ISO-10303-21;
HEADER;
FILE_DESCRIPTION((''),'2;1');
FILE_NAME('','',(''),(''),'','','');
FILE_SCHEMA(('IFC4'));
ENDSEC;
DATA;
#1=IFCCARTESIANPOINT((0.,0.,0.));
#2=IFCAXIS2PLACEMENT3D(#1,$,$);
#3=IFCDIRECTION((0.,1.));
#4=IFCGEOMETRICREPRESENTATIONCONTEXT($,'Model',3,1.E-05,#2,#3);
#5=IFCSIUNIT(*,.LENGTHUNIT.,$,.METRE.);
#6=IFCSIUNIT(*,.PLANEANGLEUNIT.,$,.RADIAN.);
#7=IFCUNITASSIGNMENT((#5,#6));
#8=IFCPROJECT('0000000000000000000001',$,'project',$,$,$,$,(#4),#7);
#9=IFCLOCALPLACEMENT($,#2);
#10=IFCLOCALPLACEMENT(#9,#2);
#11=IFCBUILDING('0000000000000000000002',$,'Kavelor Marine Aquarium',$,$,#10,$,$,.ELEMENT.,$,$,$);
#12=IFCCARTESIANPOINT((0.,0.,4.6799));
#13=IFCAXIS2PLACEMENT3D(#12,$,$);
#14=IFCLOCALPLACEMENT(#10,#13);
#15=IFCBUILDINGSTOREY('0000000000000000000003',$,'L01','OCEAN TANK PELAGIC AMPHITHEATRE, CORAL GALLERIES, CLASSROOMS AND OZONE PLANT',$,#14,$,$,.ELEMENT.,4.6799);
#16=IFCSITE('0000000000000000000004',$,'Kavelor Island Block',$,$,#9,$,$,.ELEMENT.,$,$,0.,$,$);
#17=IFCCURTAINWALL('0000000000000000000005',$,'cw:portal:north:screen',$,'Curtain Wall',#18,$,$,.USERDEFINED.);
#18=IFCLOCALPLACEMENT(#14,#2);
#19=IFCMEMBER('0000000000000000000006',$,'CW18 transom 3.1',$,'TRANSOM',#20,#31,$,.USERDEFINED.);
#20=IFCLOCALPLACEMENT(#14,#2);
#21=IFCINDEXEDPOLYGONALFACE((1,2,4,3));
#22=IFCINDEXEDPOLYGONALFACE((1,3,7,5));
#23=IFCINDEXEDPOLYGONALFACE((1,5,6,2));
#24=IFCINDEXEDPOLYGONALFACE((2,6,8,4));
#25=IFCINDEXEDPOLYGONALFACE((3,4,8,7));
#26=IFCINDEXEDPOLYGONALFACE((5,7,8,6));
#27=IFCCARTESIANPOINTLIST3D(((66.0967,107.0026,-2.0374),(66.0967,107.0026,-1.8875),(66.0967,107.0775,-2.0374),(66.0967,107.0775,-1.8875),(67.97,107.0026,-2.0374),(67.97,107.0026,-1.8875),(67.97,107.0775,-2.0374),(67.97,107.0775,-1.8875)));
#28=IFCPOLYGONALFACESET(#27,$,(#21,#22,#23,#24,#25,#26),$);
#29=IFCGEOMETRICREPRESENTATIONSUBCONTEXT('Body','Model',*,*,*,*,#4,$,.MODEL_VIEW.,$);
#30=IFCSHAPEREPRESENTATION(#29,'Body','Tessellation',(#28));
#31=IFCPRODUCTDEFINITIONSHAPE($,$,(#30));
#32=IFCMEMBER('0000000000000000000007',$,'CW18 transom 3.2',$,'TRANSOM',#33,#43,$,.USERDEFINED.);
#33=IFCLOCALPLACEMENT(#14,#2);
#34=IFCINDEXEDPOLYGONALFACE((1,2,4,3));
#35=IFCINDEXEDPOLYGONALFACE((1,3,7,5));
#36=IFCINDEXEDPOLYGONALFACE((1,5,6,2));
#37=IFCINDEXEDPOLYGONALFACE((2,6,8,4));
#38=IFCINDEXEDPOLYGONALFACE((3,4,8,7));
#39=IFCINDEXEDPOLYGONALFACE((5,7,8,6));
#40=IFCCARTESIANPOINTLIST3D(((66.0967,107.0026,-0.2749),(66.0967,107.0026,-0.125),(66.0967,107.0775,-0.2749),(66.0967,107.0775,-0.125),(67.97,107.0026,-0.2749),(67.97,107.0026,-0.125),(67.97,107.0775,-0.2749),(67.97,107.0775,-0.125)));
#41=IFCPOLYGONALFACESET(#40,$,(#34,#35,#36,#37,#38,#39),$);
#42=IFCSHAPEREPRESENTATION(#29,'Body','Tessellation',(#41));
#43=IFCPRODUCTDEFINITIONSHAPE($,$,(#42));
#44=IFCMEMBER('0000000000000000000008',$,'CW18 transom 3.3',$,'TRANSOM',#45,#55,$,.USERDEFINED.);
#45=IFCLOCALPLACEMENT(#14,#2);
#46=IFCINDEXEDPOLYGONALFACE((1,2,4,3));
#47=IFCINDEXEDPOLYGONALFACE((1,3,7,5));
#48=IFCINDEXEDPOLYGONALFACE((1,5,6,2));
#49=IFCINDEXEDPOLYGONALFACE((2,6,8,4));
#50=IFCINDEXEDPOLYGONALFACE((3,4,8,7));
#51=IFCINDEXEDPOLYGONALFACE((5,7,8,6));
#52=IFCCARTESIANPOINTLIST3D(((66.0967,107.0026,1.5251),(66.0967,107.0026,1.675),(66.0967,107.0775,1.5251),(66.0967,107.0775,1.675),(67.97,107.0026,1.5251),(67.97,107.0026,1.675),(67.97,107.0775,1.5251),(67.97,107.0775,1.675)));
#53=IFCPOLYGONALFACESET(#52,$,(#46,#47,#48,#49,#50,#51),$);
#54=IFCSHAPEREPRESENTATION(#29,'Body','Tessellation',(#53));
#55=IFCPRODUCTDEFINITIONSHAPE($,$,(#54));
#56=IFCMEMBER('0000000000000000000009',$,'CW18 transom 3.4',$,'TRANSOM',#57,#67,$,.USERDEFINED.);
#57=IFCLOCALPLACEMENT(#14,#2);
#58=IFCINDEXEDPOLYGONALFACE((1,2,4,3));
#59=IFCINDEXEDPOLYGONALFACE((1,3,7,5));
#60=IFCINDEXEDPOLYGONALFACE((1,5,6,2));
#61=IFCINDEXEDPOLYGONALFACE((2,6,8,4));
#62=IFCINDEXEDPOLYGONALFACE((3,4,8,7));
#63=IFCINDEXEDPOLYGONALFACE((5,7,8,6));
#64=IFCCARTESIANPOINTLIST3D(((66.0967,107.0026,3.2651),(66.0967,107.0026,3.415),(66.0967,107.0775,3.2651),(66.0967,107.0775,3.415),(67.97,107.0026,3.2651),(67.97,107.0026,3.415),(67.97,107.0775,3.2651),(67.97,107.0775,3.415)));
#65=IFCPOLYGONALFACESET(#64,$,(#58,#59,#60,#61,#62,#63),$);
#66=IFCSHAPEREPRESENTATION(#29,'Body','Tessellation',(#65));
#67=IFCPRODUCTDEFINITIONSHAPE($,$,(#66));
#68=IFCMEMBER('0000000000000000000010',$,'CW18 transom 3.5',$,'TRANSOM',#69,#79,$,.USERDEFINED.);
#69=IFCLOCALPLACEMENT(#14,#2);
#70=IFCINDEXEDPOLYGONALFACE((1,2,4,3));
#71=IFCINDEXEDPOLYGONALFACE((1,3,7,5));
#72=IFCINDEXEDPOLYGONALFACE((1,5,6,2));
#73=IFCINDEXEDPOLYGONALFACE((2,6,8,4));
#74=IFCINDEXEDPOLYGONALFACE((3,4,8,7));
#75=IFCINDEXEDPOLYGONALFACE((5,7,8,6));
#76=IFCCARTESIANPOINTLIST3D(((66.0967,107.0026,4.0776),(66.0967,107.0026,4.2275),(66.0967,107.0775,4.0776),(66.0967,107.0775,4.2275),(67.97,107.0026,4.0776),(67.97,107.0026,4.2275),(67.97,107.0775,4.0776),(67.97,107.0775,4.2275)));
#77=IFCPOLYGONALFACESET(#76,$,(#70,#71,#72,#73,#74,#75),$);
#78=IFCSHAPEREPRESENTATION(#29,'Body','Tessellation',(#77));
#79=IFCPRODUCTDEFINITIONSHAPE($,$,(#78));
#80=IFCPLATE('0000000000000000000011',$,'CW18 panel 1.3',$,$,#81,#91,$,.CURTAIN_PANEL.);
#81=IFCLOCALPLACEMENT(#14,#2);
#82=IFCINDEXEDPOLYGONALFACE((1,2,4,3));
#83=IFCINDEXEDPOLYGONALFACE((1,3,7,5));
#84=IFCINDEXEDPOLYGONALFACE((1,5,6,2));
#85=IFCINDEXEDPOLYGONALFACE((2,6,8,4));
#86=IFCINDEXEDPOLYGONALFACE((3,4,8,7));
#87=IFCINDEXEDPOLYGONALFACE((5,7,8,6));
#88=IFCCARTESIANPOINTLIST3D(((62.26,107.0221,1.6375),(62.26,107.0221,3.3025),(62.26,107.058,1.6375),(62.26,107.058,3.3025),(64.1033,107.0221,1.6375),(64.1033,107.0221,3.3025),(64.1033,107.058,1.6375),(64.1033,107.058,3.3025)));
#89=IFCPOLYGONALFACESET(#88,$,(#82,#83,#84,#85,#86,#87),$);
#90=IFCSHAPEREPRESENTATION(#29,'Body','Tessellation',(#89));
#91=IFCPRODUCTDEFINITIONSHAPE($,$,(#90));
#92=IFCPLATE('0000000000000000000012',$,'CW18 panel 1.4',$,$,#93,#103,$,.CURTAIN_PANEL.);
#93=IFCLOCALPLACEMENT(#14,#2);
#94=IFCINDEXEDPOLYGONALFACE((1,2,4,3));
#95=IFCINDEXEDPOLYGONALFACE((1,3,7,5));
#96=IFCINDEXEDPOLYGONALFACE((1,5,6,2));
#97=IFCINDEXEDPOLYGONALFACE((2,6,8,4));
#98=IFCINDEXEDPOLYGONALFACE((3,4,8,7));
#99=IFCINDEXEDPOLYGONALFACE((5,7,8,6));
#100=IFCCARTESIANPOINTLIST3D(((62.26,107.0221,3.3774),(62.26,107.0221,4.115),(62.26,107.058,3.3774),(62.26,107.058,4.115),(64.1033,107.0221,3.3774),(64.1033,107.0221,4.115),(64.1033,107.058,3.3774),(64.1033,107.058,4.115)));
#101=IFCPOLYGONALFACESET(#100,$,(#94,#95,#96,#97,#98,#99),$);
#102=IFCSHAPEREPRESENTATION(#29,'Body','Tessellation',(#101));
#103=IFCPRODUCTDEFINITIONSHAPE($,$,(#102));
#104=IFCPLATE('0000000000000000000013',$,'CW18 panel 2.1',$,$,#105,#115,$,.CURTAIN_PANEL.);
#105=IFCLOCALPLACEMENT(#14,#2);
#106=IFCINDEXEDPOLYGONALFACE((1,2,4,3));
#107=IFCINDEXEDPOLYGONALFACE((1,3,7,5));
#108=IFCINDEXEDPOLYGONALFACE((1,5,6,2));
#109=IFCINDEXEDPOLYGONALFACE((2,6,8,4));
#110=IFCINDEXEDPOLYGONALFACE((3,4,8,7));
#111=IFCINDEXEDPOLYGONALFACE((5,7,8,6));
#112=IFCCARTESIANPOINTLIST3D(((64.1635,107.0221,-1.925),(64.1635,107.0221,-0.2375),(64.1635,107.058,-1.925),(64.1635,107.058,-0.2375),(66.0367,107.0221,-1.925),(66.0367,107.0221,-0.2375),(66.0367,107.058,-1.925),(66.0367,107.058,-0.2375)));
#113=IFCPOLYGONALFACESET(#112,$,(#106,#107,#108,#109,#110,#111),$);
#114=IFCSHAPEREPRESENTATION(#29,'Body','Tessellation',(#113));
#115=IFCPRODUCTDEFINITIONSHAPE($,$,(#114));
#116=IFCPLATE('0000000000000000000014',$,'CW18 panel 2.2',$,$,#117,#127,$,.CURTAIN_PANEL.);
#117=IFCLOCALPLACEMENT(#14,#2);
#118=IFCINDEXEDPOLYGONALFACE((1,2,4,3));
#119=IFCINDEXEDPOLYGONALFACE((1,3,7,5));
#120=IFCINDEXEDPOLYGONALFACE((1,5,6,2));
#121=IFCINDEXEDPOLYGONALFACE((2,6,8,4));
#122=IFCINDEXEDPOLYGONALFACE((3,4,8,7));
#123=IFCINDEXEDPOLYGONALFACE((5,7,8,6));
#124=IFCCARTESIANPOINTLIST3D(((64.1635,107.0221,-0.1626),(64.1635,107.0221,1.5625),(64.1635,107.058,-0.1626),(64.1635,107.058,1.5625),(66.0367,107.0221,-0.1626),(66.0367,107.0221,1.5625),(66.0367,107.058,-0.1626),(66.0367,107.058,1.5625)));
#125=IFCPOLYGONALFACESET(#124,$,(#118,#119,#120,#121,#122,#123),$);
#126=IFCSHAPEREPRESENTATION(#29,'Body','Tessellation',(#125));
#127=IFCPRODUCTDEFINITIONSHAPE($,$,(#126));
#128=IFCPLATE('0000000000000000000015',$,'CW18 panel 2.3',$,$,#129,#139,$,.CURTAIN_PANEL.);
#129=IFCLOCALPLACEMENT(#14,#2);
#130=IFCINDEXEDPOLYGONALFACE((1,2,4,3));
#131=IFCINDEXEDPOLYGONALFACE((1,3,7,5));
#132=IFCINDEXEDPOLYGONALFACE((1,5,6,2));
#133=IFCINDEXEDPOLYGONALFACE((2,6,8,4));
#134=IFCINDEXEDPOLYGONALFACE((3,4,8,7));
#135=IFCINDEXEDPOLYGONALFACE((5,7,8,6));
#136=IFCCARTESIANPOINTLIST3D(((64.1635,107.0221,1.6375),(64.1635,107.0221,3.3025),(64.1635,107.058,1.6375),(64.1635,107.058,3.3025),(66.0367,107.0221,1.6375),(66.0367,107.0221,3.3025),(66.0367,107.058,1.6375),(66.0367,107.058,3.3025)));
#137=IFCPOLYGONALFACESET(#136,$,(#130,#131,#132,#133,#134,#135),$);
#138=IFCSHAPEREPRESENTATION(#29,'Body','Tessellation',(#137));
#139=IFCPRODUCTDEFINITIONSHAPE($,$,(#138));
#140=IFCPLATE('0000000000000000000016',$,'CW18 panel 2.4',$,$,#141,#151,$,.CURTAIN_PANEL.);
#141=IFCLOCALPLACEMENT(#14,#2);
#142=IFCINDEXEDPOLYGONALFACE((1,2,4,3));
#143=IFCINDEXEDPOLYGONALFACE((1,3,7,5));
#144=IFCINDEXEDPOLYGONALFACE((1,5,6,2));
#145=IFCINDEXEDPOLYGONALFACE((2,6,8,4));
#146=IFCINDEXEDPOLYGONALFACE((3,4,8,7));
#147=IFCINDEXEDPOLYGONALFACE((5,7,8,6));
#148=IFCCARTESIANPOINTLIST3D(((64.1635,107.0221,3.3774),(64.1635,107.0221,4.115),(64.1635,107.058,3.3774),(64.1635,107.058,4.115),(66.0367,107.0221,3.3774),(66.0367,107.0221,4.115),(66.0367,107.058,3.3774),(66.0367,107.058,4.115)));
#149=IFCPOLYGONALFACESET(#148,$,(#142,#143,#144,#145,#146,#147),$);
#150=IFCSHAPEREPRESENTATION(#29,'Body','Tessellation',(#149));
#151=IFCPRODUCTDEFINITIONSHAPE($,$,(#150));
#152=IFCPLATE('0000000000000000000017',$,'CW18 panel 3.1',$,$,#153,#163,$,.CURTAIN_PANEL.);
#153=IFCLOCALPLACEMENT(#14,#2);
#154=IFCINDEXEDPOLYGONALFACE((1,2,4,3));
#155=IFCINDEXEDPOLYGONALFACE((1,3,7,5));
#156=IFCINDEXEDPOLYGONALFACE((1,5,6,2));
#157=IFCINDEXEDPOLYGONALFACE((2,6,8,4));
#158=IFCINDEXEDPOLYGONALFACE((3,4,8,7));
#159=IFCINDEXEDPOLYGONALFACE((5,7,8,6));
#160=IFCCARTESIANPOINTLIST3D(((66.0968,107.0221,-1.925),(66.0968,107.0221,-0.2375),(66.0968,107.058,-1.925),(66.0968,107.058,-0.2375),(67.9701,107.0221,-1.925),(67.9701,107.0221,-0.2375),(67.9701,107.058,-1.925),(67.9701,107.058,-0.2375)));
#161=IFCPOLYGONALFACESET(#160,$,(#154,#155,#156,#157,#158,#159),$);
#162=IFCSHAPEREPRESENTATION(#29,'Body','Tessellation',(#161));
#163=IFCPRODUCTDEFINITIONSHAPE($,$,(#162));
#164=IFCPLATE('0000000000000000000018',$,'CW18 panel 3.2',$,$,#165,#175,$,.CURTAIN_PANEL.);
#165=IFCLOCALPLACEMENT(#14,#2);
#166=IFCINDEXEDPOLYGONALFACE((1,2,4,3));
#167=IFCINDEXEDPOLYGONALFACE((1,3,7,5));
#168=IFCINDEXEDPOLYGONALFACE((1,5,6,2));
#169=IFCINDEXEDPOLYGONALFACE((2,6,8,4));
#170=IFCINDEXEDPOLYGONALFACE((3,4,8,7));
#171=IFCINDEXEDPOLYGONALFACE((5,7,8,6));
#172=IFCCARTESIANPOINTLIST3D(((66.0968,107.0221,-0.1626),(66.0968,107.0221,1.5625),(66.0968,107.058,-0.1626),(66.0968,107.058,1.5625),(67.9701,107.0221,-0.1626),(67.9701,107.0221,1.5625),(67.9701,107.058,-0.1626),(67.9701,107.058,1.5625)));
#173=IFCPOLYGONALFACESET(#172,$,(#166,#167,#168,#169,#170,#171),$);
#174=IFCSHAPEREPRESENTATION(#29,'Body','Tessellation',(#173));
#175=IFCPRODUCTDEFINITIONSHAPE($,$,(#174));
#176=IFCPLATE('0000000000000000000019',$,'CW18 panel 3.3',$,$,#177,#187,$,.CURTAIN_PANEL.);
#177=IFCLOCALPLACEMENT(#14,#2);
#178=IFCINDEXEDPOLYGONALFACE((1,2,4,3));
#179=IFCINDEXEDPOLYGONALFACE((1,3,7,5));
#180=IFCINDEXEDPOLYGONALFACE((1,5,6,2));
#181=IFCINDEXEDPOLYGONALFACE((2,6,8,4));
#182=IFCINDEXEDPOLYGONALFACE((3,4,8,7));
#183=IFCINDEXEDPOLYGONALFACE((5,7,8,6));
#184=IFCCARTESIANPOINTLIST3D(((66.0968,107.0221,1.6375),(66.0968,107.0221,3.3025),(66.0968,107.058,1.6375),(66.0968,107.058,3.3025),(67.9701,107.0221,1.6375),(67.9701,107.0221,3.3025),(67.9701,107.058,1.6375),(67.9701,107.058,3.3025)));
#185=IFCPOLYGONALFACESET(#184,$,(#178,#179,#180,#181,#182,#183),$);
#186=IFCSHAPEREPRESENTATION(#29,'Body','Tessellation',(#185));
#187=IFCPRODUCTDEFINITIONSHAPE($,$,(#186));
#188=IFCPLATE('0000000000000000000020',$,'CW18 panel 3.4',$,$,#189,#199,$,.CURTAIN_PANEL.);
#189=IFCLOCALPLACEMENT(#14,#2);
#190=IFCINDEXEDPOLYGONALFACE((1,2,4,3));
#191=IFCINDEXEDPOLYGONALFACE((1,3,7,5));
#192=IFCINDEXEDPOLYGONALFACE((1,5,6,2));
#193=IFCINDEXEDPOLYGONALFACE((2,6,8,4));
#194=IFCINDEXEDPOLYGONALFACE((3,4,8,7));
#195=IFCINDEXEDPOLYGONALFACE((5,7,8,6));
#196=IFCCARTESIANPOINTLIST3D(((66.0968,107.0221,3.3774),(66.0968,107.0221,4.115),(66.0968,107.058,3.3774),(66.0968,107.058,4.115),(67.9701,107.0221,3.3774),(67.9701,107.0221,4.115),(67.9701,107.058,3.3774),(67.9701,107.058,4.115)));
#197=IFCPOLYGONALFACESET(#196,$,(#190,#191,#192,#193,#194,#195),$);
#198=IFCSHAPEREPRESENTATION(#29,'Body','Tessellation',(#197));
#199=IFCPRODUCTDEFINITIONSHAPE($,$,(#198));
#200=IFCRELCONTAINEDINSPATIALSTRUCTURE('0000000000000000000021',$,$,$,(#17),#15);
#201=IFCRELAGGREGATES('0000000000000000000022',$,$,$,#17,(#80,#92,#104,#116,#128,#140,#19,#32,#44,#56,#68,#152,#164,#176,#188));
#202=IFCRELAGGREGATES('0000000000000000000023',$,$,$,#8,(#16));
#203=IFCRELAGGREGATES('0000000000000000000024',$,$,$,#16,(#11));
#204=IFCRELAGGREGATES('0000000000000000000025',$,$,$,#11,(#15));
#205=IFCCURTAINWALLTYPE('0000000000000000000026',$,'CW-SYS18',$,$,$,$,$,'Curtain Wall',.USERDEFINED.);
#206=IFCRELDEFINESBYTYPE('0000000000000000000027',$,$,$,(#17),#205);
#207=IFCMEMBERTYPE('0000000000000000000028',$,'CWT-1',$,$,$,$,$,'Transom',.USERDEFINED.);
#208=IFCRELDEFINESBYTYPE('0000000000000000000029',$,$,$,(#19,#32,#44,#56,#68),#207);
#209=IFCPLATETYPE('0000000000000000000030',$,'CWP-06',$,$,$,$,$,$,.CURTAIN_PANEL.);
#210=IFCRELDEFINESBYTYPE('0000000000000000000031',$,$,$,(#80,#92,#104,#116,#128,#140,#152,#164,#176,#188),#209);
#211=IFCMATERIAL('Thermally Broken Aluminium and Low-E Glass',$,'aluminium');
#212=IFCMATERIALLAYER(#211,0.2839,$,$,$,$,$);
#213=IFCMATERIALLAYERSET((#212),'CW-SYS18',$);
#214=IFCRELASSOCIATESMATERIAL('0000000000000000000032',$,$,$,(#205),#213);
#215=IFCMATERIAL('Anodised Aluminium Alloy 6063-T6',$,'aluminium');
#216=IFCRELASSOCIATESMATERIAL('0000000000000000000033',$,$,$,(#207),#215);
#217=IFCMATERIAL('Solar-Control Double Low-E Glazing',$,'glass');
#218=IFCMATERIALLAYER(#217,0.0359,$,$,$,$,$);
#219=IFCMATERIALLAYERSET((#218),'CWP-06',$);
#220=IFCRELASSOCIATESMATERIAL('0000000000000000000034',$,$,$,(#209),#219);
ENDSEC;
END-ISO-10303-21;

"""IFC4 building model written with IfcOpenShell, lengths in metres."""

from ifc_helpers import new_model, si_unit, direction, frame, origin, origin_2d, place, context, subcontext, project, spatial, rectangle, extrude, material, layer, layer_set, material_profile, profile_set, type_object, element, aggregate, save


model = new_model("IFC4")

# Units and contexts
model_context = context("Model", 3, precision=1e-05, world=origin(), true_north=direction((0.0, 1.0)))
body_context = subcontext(model_context, "Body", "Model", "MODEL_VIEW")
ifc_project = project(units=[si_unit("LENGTHUNIT", "METRE"), si_unit("PLANEANGLEUNIT", "RADIAN")], contexts=[model_context])

# Site, building, storey
site_placement = place(None, origin())
site = spatial("IfcSite", under=ifc_project, at=site_placement, Name="Kavelor Island Block", CompositionType="ELEMENT", RefElevation=0.0)
building_placement = place(site_placement, origin())
building = spatial("IfcBuilding", under=site, at=building_placement, Name="Kavelor Marine Aquarium", CompositionType="ELEMENT")
storey_placement = place(building_placement, frame((0.0, 0.0, 4.6799)))
storey = spatial("IfcBuildingStorey", under=building, at=storey_placement, Name="L01", Description="OCEAN TANK PELAGIC AMPHITHEATRE, CORAL GALLERIES, CLASSROOMS AND OZONE PLANT", CompositionType="ELEMENT", Elevation=4.6799)

# Curtain wall, members, plates
ifc_material_1 = material(Name="Thermally Broken Aluminium and Low-E Glass", Category="aluminium")
ifc_layer_1 = layer(ifc_material_1, 0.2839)
ifc_layer_set_1 = layer_set([ifc_layer_1], Name="CW-SYS18")
curtain_wall_type = type_object("IfcCurtainWallType", Name="CW-SYS18", ElementType="Curtain Wall", PredefinedType="USERDEFINED", material=ifc_layer_set_1)
curtain_wall_placement = place(storey_placement, origin())
curtain_wall = element("IfcCurtainWall", 1, at=curtain_wall_placement, inside=storey, type_object=curtain_wall_type, Name="cw:portal:north:screen", ObjectType="Curtain Wall", PredefinedType="USERDEFINED")
ifc_material_2 = material(Name="Anodised Aluminium Alloy 6063-T6", Category="aluminium")
ifc_material_profile_1 = material_profile(ifc_material_2, rectangle(XDim=0.075, YDim=0.1499, at=origin_2d()), Name="CW-TRN 75x150")
ifc_profile_set_1 = profile_set([ifc_material_profile_1], Name="Anodised Aluminium Alloy 6063-T6")
member_type_1 = type_object("IfcMemberType", Name="CWT-1", ElementType="Transom", PredefinedType="USERDEFINED", material=ifc_profile_set_1)
member_1_placement = place(storey_placement, frame((66.0967, 107.04, -1.9624), z_axis=(1.0, 0.0, 0.0), x_axis=(0.0, 1.0, 0.0)))
member_1 = element("IfcMember", 2, at=member_1_placement, type_object=member_type_1, Name="CW18 transom 3.1", ObjectType="TRANSOM", PredefinedType="USERDEFINED", context=body_context, shape_type="SweptSolid", body=[
    extrude(rectangle(XDim=0.075, YDim=0.1499, at=origin_2d()), origin(), (0.0, 0.0, 1.0), 1.8733),
])
member_2_placement = place(storey_placement, frame((66.0967, 107.04, -0.2), z_axis=(1.0, 0.0, 0.0), x_axis=(0.0, 1.0, 0.0)))
member_2 = element("IfcMember", 3, at=member_2_placement, type_object=member_type_1, Name="CW18 transom 3.2", ObjectType="TRANSOM", PredefinedType="USERDEFINED", context=body_context, shape_type="SweptSolid", body=[
    extrude(rectangle(XDim=0.075, YDim=0.1499, at=origin_2d()), origin(), (0.0, 0.0, 1.0), 1.8733),
])
member_3_placement = place(storey_placement, frame((66.0967, 107.04, 1.6001), z_axis=(1.0, 0.0, 0.0), x_axis=(0.0, 1.0, 0.0)))
member_3 = element("IfcMember", 4, at=member_3_placement, type_object=member_type_1, Name="CW18 transom 3.3", ObjectType="TRANSOM", PredefinedType="USERDEFINED", context=body_context, shape_type="SweptSolid", body=[
    extrude(rectangle(XDim=0.075, YDim=0.1499, at=origin_2d()), origin(), (0.0, 0.0, 1.0), 1.8733),
])
member_4_placement = place(storey_placement, frame((66.0967, 107.04, 3.3401), z_axis=(1.0, 0.0, 0.0), x_axis=(0.0, 1.0, 0.0)))
member_4 = element("IfcMember", 5, at=member_4_placement, type_object=member_type_1, Name="CW18 transom 3.4", ObjectType="TRANSOM", PredefinedType="USERDEFINED", context=body_context, shape_type="SweptSolid", body=[
    extrude(rectangle(XDim=0.075, YDim=0.1499, at=origin_2d()), origin(), (0.0, 0.0, 1.0), 1.8733),
])
member_5_placement = place(storey_placement, frame((66.0967, 107.04, 4.1526), z_axis=(1.0, 0.0, 0.0), x_axis=(0.0, 1.0, 0.0)))
member_5 = element("IfcMember", 6, at=member_5_placement, type_object=member_type_1, Name="CW18 transom 3.5", ObjectType="TRANSOM", PredefinedType="USERDEFINED", context=body_context, shape_type="SweptSolid", body=[
    extrude(rectangle(XDim=0.075, YDim=0.1499, at=origin_2d()), origin(), (0.0, 0.0, 1.0), 1.8733),
])
ifc_material_3 = material(Name="Solar-Control Double Low-E Glazing", Category="glass")
ifc_layer_2 = layer(ifc_material_3, 0.0359)
ifc_layer_set_2 = layer_set([ifc_layer_2], Name="CWP-06")
plate_type = type_object("IfcPlateType", Name="CWP-06", PredefinedType="CURTAIN_PANEL", material=ifc_layer_set_2)
plate_1_placement = place(storey_placement, frame((63.1816, 107.04, 1.6375), z_axis=(0.0, 0.0, 1.0), x_axis=(1.0, 0.0, 0.0)))
plate_1 = element("IfcPlate", 7, at=plate_1_placement, type_object=plate_type, Name="CW18 panel 1.3", PredefinedType="CURTAIN_PANEL", context=body_context, shape_type="SweptSolid", body=[
    extrude(rectangle(XDim=1.8433, YDim=0.0359, at=origin_2d()), origin(), (0.0, 0.0, 1.0), 1.665),
])
plate_2_placement = place(storey_placement, frame((63.1816, 107.04, 3.3774), z_axis=(0.0, 0.0, 1.0), x_axis=(1.0, 0.0, 0.0)))
plate_2 = element("IfcPlate", 8, at=plate_2_placement, type_object=plate_type, Name="CW18 panel 1.4", PredefinedType="CURTAIN_PANEL", context=body_context, shape_type="SweptSolid", body=[
    extrude(rectangle(XDim=1.8433, YDim=0.0359, at=origin_2d()), origin(), (0.0, 0.0, 1.0), 0.7375),
])
plate_3_placement = place(storey_placement, frame((65.1001, 107.04, -1.925), z_axis=(0.0, 0.0, 1.0), x_axis=(1.0, 0.0, 0.0)))
plate_3 = element("IfcPlate", 9, at=plate_3_placement, type_object=plate_type, Name="CW18 panel 2.1", PredefinedType="CURTAIN_PANEL", context=body_context, shape_type="SweptSolid", body=[
    extrude(rectangle(XDim=1.8733, YDim=0.0359, at=origin_2d()), origin(), (0.0, 0.0, 1.0), 1.6875),
])
plate_4_placement = place(storey_placement, frame((65.1001, 107.04, -0.1626), z_axis=(0.0, 0.0, 1.0), x_axis=(1.0, 0.0, 0.0)))
plate_4 = element("IfcPlate", 10, at=plate_4_placement, type_object=plate_type, Name="CW18 panel 2.2", PredefinedType="CURTAIN_PANEL", context=body_context, shape_type="SweptSolid", body=[
    extrude(rectangle(XDim=1.8733, YDim=0.0359, at=origin_2d()), origin(), (0.0, 0.0, 1.0), 1.7251),
])
plate_5_placement = place(storey_placement, frame((65.1001, 107.04, 1.6375), z_axis=(0.0, 0.0, 1.0), x_axis=(1.0, 0.0, 0.0)))
plate_5 = element("IfcPlate", 11, at=plate_5_placement, type_object=plate_type, Name="CW18 panel 2.3", PredefinedType="CURTAIN_PANEL", context=body_context, shape_type="SweptSolid", body=[
    extrude(rectangle(XDim=1.8733, YDim=0.0359, at=origin_2d()), origin(), (0.0, 0.0, 1.0), 1.665),
])
plate_6_placement = place(storey_placement, frame((65.1001, 107.04, 3.3774), z_axis=(0.0, 0.0, 1.0), x_axis=(1.0, 0.0, 0.0)))
plate_6 = element("IfcPlate", 12, at=plate_6_placement, type_object=plate_type, Name="CW18 panel 2.4", PredefinedType="CURTAIN_PANEL", context=body_context, shape_type="SweptSolid", body=[
    extrude(rectangle(XDim=1.8733, YDim=0.0359, at=origin_2d()), origin(), (0.0, 0.0, 1.0), 0.7375),
])
plate_7_placement = place(storey_placement, frame((67.0334, 107.04, -1.925), z_axis=(0.0, 0.0, 1.0), x_axis=(1.0, 0.0, 0.0)))
plate_7 = element("IfcPlate", 13, at=plate_7_placement, type_object=plate_type, Name="CW18 panel 3.1", PredefinedType="CURTAIN_PANEL", context=body_context, shape_type="SweptSolid", body=[
    extrude(rectangle(XDim=1.8733, YDim=0.0359, at=origin_2d()), origin(), (0.0, 0.0, 1.0), 1.6875),
])
plate_8_placement = place(storey_placement, frame((67.0334, 107.04, -0.1626), z_axis=(0.0, 0.0, 1.0), x_axis=(1.0, 0.0, 0.0)))
plate_8 = element("IfcPlate", 14, at=plate_8_placement, type_object=plate_type, Name="CW18 panel 3.2", PredefinedType="CURTAIN_PANEL", context=body_context, shape_type="SweptSolid", body=[
    extrude(rectangle(XDim=1.8733, YDim=0.0359, at=origin_2d()), origin(), (0.0, 0.0, 1.0), 1.7251),
])
plate_9_placement = place(storey_placement, frame((67.0334, 107.04, 1.6375), z_axis=(0.0, 0.0, 1.0), x_axis=(1.0, 0.0, 0.0)))
plate_9 = element("IfcPlate", 15, at=plate_9_placement, type_object=plate_type, Name="CW18 panel 3.3", PredefinedType="CURTAIN_PANEL", context=body_context, shape_type="SweptSolid", body=[
    extrude(rectangle(XDim=1.8733, YDim=0.0359, at=origin_2d()), origin(), (0.0, 0.0, 1.0), 1.665),
])
plate_10_placement = place(storey_placement, frame((67.0334, 107.04, 3.3774), z_axis=(0.0, 0.0, 1.0), x_axis=(1.0, 0.0, 0.0)))
plate_10 = element("IfcPlate", 16, at=plate_10_placement, type_object=plate_type, Name="CW18 panel 3.4", PredefinedType="CURTAIN_PANEL", context=body_context, shape_type="SweptSolid", body=[
    extrude(rectangle(XDim=1.8733, YDim=0.0359, at=origin_2d()), origin(), (0.0, 0.0, 1.0), 0.7375),
])
aggregate(curtain_wall, [plate_1, plate_2, plate_3, plate_4, plate_5, plate_6, member_1, member_2, member_3, member_4, member_5, plate_7, plate_8, plate_9, plate_10])

save(model, "model.ifc")
